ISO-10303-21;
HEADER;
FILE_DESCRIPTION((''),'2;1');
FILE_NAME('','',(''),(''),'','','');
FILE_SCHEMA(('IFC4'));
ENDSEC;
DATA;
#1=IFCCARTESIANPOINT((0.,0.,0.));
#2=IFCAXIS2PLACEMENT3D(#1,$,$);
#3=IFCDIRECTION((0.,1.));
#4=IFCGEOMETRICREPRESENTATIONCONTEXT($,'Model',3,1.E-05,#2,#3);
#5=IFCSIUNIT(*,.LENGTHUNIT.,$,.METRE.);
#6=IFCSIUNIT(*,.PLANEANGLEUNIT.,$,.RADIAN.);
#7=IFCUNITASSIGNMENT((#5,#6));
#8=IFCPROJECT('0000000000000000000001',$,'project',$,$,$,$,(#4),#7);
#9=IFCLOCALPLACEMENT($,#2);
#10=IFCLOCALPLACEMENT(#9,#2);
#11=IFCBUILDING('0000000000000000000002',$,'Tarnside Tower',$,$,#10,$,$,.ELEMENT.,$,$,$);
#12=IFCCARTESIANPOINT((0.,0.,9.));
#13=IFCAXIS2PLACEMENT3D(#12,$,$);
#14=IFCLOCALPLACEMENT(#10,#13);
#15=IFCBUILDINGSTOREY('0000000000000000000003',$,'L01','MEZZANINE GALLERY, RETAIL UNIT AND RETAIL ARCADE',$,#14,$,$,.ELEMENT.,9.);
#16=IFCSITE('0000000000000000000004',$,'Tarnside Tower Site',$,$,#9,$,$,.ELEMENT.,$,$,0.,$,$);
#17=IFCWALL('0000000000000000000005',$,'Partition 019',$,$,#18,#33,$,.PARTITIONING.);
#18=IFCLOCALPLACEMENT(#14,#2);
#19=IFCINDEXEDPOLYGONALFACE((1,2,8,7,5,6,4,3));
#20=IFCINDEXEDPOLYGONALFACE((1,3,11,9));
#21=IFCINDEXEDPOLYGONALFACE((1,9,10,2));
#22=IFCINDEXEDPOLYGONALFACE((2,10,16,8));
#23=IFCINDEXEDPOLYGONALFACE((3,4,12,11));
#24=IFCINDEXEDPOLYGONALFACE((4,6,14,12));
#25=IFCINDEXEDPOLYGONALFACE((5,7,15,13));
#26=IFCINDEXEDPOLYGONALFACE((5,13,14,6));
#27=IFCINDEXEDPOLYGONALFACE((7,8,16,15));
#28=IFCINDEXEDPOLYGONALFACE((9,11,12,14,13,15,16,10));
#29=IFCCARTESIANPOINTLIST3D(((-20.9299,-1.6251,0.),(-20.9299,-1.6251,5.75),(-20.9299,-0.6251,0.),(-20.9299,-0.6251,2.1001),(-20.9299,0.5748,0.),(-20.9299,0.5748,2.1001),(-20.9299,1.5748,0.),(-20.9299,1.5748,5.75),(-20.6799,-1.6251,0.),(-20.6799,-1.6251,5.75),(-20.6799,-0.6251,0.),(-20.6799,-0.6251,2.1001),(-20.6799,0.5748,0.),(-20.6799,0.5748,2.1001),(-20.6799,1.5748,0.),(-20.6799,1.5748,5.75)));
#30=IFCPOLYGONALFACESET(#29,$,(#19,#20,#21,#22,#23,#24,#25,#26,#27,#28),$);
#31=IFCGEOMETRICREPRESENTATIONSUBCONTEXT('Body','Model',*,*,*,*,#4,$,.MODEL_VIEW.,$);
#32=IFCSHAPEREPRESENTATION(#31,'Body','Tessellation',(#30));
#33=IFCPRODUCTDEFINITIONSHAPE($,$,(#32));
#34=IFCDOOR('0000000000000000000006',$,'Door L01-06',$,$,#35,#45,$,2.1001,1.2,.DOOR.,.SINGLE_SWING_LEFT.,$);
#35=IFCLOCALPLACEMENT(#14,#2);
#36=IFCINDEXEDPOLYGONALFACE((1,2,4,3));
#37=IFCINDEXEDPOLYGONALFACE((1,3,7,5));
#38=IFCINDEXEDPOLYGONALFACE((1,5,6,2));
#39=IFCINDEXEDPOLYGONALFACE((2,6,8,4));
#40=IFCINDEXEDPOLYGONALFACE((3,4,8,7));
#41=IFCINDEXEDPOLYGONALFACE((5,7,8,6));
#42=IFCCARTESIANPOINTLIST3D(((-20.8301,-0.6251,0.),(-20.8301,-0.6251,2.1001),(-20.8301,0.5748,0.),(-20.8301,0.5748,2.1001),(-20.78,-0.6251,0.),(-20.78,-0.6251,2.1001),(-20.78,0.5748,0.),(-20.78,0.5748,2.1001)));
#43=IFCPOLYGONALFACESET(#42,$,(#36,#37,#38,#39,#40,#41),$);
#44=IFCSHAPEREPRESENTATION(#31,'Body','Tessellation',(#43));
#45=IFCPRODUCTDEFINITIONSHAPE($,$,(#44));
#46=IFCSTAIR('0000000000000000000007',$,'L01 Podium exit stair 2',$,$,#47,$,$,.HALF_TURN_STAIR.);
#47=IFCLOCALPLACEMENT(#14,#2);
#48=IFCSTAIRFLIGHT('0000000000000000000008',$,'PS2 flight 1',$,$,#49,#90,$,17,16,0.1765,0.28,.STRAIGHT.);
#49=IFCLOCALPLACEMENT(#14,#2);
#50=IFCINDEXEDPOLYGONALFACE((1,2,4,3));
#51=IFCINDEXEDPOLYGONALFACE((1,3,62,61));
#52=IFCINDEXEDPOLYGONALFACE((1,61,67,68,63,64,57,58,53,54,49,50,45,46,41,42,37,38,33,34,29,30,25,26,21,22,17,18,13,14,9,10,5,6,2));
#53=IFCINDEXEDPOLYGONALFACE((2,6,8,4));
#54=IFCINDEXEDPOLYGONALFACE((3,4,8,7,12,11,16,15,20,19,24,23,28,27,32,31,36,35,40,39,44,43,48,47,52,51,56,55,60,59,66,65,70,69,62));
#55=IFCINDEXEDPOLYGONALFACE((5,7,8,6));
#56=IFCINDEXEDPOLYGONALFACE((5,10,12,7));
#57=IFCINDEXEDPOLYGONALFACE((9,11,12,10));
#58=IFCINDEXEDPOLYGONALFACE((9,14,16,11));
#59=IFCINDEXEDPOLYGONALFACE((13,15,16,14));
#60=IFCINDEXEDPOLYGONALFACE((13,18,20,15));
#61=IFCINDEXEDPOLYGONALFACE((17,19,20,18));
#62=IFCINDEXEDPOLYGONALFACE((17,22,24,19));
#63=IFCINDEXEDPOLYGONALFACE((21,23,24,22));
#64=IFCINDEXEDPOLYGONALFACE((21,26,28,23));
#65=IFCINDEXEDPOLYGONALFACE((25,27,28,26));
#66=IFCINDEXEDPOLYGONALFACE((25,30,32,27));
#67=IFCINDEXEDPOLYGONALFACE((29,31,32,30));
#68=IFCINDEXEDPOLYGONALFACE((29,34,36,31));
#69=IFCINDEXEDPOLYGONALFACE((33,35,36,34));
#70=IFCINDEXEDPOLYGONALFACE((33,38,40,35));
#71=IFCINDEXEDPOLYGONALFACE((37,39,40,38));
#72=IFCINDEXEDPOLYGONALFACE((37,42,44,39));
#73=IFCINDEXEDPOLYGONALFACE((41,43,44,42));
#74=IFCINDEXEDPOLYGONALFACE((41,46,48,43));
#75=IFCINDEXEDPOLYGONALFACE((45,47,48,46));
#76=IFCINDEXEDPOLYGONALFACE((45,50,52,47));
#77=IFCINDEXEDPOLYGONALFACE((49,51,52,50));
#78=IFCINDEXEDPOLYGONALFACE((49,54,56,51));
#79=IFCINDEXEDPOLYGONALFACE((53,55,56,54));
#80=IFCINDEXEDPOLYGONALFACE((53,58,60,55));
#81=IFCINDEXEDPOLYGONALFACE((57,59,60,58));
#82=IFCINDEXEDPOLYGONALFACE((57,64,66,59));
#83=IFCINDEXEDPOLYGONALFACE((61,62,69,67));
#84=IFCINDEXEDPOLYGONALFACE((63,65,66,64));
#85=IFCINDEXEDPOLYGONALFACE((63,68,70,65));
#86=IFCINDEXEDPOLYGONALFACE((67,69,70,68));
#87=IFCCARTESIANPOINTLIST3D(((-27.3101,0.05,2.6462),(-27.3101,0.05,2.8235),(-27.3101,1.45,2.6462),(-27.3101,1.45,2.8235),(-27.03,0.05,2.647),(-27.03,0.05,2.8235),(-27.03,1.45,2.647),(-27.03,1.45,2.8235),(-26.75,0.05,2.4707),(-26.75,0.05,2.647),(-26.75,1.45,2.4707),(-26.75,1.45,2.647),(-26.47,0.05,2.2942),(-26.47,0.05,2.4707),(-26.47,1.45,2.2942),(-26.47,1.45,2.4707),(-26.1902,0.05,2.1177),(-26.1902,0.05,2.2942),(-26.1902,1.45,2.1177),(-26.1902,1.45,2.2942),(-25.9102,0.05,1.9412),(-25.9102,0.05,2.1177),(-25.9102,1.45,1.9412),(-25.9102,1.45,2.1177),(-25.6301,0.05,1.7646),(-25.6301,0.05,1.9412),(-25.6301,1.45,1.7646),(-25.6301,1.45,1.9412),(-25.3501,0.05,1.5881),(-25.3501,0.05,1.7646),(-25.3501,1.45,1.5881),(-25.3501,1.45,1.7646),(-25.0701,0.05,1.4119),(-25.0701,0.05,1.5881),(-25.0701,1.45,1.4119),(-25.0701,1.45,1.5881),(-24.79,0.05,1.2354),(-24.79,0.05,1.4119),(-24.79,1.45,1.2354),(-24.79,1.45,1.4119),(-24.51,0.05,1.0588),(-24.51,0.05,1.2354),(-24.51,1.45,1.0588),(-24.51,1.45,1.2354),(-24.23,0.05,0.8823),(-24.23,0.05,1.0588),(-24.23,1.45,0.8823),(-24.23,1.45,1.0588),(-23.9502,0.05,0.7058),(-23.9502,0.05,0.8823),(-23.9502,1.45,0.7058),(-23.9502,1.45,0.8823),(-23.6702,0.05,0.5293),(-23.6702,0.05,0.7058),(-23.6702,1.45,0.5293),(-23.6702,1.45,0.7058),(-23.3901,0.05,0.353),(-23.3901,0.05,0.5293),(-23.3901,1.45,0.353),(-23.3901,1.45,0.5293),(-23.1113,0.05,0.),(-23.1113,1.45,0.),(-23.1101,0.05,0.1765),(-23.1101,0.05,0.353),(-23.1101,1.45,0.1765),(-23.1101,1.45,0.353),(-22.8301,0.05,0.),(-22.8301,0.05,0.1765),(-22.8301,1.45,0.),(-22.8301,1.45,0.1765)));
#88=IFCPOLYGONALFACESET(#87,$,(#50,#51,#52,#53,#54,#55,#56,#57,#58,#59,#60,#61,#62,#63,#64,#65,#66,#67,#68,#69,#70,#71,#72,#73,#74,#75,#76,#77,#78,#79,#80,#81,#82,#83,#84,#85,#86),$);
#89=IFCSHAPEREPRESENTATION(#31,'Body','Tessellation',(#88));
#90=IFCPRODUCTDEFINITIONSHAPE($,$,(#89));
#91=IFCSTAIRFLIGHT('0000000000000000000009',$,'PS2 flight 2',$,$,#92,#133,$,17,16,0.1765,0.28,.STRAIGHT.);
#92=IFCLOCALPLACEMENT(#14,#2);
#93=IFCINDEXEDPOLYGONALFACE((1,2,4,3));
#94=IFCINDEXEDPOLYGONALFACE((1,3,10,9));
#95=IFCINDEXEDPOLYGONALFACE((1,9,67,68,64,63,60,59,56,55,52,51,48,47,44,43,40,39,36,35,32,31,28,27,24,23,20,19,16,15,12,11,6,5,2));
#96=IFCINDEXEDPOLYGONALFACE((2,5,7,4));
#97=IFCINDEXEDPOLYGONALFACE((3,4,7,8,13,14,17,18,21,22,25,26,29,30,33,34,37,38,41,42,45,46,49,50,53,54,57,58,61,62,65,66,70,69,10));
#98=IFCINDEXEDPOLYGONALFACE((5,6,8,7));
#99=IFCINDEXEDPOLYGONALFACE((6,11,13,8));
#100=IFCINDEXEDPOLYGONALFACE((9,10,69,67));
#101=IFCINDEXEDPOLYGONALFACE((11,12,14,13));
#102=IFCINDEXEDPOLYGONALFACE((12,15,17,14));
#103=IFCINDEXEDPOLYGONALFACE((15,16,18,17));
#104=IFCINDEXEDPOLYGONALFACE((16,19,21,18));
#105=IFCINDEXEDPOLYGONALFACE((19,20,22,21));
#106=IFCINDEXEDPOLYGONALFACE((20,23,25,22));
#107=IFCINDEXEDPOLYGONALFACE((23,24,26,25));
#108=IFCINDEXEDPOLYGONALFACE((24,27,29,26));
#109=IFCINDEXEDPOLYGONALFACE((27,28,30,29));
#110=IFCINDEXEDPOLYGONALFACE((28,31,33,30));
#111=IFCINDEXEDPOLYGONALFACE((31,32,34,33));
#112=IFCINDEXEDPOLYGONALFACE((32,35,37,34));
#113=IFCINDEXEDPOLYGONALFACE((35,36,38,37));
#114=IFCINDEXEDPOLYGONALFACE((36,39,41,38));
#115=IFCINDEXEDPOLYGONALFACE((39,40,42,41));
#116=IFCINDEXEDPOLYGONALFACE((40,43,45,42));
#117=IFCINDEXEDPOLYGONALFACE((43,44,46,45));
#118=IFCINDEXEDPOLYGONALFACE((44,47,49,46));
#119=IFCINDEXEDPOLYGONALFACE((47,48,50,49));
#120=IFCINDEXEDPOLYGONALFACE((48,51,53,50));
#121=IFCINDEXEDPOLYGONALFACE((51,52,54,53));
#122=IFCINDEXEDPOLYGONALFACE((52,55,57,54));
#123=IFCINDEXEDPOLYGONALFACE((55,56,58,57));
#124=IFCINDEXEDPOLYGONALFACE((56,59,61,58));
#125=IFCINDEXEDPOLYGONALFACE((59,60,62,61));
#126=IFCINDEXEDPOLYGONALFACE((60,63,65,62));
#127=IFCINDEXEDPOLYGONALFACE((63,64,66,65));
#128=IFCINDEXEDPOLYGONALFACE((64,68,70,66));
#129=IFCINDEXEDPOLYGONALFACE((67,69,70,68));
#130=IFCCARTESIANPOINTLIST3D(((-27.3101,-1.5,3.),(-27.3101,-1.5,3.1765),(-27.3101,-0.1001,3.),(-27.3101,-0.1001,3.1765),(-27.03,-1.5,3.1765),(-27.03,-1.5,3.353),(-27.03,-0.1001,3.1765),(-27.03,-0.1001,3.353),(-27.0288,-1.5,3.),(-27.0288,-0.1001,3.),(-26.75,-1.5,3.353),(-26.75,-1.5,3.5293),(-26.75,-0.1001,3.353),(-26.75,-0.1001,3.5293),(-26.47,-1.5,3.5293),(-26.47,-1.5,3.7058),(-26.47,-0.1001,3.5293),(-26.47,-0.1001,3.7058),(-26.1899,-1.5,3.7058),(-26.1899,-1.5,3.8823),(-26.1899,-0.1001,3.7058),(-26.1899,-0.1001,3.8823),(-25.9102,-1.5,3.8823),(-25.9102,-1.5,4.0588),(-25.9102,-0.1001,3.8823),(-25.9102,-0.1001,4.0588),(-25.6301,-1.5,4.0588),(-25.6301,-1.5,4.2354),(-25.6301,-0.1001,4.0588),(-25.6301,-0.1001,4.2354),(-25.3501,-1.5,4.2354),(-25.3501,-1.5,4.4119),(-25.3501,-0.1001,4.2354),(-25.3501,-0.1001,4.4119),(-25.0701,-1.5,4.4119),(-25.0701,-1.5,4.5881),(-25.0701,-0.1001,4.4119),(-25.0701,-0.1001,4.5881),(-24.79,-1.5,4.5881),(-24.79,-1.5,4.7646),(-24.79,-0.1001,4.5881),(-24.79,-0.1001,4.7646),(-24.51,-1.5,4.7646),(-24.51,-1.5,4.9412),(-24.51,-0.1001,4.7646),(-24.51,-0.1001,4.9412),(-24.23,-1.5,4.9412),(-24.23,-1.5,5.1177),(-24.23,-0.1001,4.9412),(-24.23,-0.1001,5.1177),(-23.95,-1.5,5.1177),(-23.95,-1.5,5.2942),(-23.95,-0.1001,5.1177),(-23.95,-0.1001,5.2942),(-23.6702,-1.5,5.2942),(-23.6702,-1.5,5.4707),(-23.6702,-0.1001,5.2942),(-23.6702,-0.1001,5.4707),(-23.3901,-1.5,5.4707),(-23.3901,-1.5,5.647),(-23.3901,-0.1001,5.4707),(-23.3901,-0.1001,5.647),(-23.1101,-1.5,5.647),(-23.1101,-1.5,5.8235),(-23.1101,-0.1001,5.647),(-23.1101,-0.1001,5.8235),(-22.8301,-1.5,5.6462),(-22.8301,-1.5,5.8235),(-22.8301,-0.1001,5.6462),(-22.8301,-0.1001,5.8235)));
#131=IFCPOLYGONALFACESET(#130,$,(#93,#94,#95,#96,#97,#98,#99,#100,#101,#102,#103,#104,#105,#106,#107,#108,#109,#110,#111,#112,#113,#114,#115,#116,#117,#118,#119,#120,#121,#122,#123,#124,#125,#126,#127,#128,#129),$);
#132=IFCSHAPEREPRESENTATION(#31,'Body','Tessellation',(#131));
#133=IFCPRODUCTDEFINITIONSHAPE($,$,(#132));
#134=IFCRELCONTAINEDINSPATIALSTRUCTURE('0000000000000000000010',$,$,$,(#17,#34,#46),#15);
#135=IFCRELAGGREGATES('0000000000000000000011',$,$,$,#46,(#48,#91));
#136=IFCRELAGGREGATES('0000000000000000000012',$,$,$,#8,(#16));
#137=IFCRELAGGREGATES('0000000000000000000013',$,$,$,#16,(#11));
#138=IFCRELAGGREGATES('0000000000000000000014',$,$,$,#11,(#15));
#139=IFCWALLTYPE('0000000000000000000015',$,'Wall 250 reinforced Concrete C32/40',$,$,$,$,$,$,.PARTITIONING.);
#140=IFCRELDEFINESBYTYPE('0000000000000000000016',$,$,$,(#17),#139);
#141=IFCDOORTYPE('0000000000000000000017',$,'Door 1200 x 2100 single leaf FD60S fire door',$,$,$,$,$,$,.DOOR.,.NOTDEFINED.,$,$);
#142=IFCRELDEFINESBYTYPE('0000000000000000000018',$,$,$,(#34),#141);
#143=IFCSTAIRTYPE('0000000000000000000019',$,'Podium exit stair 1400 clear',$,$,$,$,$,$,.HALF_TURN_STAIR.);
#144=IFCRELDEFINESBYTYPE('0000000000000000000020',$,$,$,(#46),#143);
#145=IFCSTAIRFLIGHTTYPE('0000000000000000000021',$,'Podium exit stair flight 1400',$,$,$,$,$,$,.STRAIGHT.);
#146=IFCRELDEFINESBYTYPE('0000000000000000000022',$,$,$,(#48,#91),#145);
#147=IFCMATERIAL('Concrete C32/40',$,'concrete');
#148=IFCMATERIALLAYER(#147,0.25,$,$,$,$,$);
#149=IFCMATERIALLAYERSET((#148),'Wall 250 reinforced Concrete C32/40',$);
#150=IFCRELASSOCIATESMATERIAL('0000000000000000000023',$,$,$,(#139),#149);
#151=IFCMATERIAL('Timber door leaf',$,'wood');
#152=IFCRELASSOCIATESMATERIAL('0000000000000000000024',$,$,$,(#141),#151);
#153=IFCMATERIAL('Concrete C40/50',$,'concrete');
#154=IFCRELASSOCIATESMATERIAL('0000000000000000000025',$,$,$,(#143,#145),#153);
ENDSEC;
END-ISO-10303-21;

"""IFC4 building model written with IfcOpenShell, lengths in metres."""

from ifc_helpers import new_model, si_unit, direction, frame, frame_2d, origin, place, context, subcontext, project, spatial, polyline, rectangle, outline, extrude, material, layer, layer_set, type_object, element, fill, aggregate, save


model = new_model("IFC4")

# Units and contexts
model_context = context("Model", 3, precision=1e-05, world=origin(), true_north=direction((0.0, 1.0)))
body_context = subcontext(model_context, "Body", "Model", "MODEL_VIEW")
ifc_project = project(units=[si_unit("LENGTHUNIT", "METRE"), si_unit("PLANEANGLEUNIT", "RADIAN")], contexts=[model_context])

# Site, building, storey
site_placement = place(None, origin())
site = spatial("IfcSite", under=ifc_project, at=site_placement, Name="Tarnside Tower Site", CompositionType="ELEMENT", RefElevation=0.0)
building_placement = place(site_placement, origin())
building = spatial("IfcBuilding", under=site, at=building_placement, Name="Tarnside Tower", CompositionType="ELEMENT")
storey_placement = place(building_placement, frame((0.0, 0.0, 9.0)))
storey = spatial("IfcBuildingStorey", under=building, at=storey_placement, Name="L01", Description="MEZZANINE GALLERY, RETAIL UNIT AND RETAIL ARCADE", CompositionType="ELEMENT", Elevation=9.0)

# Shared definitions
ifc_material_1 = material(Name="Timber door leaf", Category="wood")

# Shared definitions
ifc_material_2 = material(Name="Concrete C32/40", Category="concrete")
ifc_layer_1 = layer(ifc_material_2, 0.25)
ifc_layer_set_1 = layer_set([ifc_layer_1], Name="Wall 250 reinforced Concrete C32/40")
wall_type_1 = type_object("IfcWallType", Name="Wall 250 reinforced Concrete C32/40", PredefinedType="PARTITIONING", material=ifc_layer_set_1)

# Wall, opening, door
wall_1_placement = place(storey_placement, frame((-20.8049, 1.575, 0.0), z_axis=(0.0, 0.0, 1.0), x_axis=(0.0, -1.0, 0.0)))
wall_1 = element("IfcWall", 1, at=wall_1_placement, inside=storey, type_object=wall_type_1, Name="Partition 019", PredefinedType="PARTITIONING", context=body_context, shape_type="SweptSolid", body=[
    extrude(rectangle(XDim=3.2, YDim=0.25, at=frame_2d((1.6001, 0.0))), origin(), (0.0, 0.0, 1.0), 5.75),
])
opening_1_placement = place(wall_1_placement, frame((1.0, 0.0, 0.0)))
opening_1 = element("IfcOpeningElement", 2, at=opening_1_placement, cuts=wall_1, PredefinedType="OPENING", context=body_context, shape_type="SweptSolid", body=[
    extrude(rectangle(XDim=1.2, YDim=2.1001, at=frame_2d((0.6001, 1.05))), frame((0.0, 0.135, 0.0), z_axis=(0.0, -1.0, 0.0), x_axis=(1.0, 0.0, 0.0)), (0.0, 0.0, 1.0), 0.27),
])
door_type_1 = type_object("IfcDoorType", Name="Door 1200 x 2100 single leaf FD60S fire door", OperationType="NOTDEFINED", PredefinedType="DOOR", material=ifc_material_1)
door_1_placement = place(opening_1_placement, origin())
door_1 = element("IfcDoor", 3, at=door_1_placement, inside=storey, type_object=door_type_1, Name="Door L01-06", OperationType="SINGLE_SWING_LEFT", OverallHeight=2.1001, OverallWidth=1.2, PredefinedType="DOOR", context=body_context, shape_type="SweptSolid", body=[
    extrude(rectangle(XDim=1.2, YDim=2.1001, at=frame_2d((0.6001, 1.05))), frame((0.0, 0.0249, 0.0), z_axis=(0.0, -1.0, 0.0), x_axis=(1.0, 0.0, 0.0)), (0.0, 0.0, 1.0), 0.05),
])
fill(opening_1, door_1)

# Stair, stair flights
ifc_material_3 = material(Name="Concrete C40/50", Category="concrete")
stair_type = type_object("IfcStairType", Name="Podium exit stair 1400 clear", PredefinedType="HALF_TURN_STAIR", material=ifc_material_3)
stair_placement = place(storey_placement, origin())
stair = element("IfcStair", 4, at=stair_placement, inside=storey, type_object=stair_type, Name="L01 Podium exit stair 2", PredefinedType="HALF_TURN_STAIR")
stair_flight_type = type_object("IfcStairFlightType", Name="Podium exit stair flight 1400", PredefinedType="STRAIGHT", material=ifc_material_3)
stair_flight_1_placement = place(storey_placement, frame((-22.8301, 0.75, 0.0), z_axis=(0.0, 0.0, 1.0), x_axis=(-1.0, 0.0, 0.0)))
stair_flight_1 = element("IfcStairFlight", 5, at=stair_flight_1_placement, type_object=stair_flight_type, Name="PS2 flight 1", NumberOfRisers=17, NumberOfTreads=16, PredefinedType="STRAIGHT", RiserHeight=0.1765, TreadLength=0.28, context=body_context, shape_type="SweptSolid", body=[
    extrude(outline(polyline([(0.0, 0.0), (0.0, 0.1765), (0.28, 0.1765), (0.28, 0.353), (0.5601, 0.353), (0.5601, 0.5293), (0.8401, 0.5293), (0.8401, 0.7058), (1.1201, 0.7058), (1.1201, 0.8823), (1.3999, 0.8823), (1.3999, 1.0588), (1.6799, 1.0588), (1.6799, 1.2354), (1.96, 1.2354), (1.96, 1.4119), (2.24, 1.4119), (2.24, 1.5881), (2.52, 1.5881), (2.52, 1.7646), (2.8, 1.7646), (2.8, 1.9412), (3.0801, 1.9412), (3.0801, 2.1177), (3.3601, 2.1177), (3.3601, 2.2942), (3.6399, 2.2942), (3.6399, 2.4707), (3.9199, 2.4707), (3.9199, 2.647), (4.2, 2.647), (4.2, 2.8235), (4.48, 2.8235), (4.48, 3.0), (4.48, 2.6462), (0.2812, 0.0), (0.0, 0.0)])), frame((0.0, 0.7, 0.0), z_axis=(0.0, -1.0, 0.0), x_axis=(1.0, 0.0, 0.0)), (0.0, 0.0, 1.0), 1.3999),
])
stair_flight_2_placement = place(storey_placement, frame((-27.3101, -0.8, 3.0), z_axis=(0.0, 0.0, 1.0), x_axis=(1.0, 0.0, 0.0)))
stair_flight_2 = element("IfcStairFlight", 6, at=stair_flight_2_placement, type_object=stair_flight_type, Name="PS2 flight 2", NumberOfRisers=17, NumberOfTreads=16, PredefinedType="STRAIGHT", RiserHeight=0.1765, TreadLength=0.28, context=body_context, shape_type="SweptSolid", body=[
    extrude(outline(polyline([(0.0, 0.0), (0.0, 0.1765), (0.28, 0.1765), (0.28, 0.353), (0.5601, 0.353), (0.5601, 0.5293), (0.8401, 0.5293), (0.8401, 0.7058), (1.1201, 0.7058), (1.1201, 0.8823), (1.3999, 0.8823), (1.3999, 1.0588), (1.6799, 1.0588), (1.6799, 1.2354), (1.96, 1.2354), (1.96, 1.4119), (2.24, 1.4119), (2.24, 1.5881), (2.52, 1.5881), (2.52, 1.7646), (2.8, 1.7646), (2.8, 1.9412), (3.0801, 1.9412), (3.0801, 2.1177), (3.3601, 2.1177), (3.3601, 2.2942), (3.6399, 2.2942), (3.6399, 2.4707), (3.9199, 2.4707), (3.9199, 2.647), (4.2, 2.647), (4.2, 2.8235), (4.48, 2.8235), (4.48, 3.0), (4.48, 2.6462), (0.2812, 0.0), (0.0, 0.0)])), frame((0.0, 0.7, 0.0), z_axis=(0.0, -1.0, 0.0), x_axis=(1.0, 0.0, 0.0)), (0.0, 0.0, 1.0), 1.3999),
])
aggregate(stair, [stair_flight_1, stair_flight_2])

save(model, "model.ifc")
